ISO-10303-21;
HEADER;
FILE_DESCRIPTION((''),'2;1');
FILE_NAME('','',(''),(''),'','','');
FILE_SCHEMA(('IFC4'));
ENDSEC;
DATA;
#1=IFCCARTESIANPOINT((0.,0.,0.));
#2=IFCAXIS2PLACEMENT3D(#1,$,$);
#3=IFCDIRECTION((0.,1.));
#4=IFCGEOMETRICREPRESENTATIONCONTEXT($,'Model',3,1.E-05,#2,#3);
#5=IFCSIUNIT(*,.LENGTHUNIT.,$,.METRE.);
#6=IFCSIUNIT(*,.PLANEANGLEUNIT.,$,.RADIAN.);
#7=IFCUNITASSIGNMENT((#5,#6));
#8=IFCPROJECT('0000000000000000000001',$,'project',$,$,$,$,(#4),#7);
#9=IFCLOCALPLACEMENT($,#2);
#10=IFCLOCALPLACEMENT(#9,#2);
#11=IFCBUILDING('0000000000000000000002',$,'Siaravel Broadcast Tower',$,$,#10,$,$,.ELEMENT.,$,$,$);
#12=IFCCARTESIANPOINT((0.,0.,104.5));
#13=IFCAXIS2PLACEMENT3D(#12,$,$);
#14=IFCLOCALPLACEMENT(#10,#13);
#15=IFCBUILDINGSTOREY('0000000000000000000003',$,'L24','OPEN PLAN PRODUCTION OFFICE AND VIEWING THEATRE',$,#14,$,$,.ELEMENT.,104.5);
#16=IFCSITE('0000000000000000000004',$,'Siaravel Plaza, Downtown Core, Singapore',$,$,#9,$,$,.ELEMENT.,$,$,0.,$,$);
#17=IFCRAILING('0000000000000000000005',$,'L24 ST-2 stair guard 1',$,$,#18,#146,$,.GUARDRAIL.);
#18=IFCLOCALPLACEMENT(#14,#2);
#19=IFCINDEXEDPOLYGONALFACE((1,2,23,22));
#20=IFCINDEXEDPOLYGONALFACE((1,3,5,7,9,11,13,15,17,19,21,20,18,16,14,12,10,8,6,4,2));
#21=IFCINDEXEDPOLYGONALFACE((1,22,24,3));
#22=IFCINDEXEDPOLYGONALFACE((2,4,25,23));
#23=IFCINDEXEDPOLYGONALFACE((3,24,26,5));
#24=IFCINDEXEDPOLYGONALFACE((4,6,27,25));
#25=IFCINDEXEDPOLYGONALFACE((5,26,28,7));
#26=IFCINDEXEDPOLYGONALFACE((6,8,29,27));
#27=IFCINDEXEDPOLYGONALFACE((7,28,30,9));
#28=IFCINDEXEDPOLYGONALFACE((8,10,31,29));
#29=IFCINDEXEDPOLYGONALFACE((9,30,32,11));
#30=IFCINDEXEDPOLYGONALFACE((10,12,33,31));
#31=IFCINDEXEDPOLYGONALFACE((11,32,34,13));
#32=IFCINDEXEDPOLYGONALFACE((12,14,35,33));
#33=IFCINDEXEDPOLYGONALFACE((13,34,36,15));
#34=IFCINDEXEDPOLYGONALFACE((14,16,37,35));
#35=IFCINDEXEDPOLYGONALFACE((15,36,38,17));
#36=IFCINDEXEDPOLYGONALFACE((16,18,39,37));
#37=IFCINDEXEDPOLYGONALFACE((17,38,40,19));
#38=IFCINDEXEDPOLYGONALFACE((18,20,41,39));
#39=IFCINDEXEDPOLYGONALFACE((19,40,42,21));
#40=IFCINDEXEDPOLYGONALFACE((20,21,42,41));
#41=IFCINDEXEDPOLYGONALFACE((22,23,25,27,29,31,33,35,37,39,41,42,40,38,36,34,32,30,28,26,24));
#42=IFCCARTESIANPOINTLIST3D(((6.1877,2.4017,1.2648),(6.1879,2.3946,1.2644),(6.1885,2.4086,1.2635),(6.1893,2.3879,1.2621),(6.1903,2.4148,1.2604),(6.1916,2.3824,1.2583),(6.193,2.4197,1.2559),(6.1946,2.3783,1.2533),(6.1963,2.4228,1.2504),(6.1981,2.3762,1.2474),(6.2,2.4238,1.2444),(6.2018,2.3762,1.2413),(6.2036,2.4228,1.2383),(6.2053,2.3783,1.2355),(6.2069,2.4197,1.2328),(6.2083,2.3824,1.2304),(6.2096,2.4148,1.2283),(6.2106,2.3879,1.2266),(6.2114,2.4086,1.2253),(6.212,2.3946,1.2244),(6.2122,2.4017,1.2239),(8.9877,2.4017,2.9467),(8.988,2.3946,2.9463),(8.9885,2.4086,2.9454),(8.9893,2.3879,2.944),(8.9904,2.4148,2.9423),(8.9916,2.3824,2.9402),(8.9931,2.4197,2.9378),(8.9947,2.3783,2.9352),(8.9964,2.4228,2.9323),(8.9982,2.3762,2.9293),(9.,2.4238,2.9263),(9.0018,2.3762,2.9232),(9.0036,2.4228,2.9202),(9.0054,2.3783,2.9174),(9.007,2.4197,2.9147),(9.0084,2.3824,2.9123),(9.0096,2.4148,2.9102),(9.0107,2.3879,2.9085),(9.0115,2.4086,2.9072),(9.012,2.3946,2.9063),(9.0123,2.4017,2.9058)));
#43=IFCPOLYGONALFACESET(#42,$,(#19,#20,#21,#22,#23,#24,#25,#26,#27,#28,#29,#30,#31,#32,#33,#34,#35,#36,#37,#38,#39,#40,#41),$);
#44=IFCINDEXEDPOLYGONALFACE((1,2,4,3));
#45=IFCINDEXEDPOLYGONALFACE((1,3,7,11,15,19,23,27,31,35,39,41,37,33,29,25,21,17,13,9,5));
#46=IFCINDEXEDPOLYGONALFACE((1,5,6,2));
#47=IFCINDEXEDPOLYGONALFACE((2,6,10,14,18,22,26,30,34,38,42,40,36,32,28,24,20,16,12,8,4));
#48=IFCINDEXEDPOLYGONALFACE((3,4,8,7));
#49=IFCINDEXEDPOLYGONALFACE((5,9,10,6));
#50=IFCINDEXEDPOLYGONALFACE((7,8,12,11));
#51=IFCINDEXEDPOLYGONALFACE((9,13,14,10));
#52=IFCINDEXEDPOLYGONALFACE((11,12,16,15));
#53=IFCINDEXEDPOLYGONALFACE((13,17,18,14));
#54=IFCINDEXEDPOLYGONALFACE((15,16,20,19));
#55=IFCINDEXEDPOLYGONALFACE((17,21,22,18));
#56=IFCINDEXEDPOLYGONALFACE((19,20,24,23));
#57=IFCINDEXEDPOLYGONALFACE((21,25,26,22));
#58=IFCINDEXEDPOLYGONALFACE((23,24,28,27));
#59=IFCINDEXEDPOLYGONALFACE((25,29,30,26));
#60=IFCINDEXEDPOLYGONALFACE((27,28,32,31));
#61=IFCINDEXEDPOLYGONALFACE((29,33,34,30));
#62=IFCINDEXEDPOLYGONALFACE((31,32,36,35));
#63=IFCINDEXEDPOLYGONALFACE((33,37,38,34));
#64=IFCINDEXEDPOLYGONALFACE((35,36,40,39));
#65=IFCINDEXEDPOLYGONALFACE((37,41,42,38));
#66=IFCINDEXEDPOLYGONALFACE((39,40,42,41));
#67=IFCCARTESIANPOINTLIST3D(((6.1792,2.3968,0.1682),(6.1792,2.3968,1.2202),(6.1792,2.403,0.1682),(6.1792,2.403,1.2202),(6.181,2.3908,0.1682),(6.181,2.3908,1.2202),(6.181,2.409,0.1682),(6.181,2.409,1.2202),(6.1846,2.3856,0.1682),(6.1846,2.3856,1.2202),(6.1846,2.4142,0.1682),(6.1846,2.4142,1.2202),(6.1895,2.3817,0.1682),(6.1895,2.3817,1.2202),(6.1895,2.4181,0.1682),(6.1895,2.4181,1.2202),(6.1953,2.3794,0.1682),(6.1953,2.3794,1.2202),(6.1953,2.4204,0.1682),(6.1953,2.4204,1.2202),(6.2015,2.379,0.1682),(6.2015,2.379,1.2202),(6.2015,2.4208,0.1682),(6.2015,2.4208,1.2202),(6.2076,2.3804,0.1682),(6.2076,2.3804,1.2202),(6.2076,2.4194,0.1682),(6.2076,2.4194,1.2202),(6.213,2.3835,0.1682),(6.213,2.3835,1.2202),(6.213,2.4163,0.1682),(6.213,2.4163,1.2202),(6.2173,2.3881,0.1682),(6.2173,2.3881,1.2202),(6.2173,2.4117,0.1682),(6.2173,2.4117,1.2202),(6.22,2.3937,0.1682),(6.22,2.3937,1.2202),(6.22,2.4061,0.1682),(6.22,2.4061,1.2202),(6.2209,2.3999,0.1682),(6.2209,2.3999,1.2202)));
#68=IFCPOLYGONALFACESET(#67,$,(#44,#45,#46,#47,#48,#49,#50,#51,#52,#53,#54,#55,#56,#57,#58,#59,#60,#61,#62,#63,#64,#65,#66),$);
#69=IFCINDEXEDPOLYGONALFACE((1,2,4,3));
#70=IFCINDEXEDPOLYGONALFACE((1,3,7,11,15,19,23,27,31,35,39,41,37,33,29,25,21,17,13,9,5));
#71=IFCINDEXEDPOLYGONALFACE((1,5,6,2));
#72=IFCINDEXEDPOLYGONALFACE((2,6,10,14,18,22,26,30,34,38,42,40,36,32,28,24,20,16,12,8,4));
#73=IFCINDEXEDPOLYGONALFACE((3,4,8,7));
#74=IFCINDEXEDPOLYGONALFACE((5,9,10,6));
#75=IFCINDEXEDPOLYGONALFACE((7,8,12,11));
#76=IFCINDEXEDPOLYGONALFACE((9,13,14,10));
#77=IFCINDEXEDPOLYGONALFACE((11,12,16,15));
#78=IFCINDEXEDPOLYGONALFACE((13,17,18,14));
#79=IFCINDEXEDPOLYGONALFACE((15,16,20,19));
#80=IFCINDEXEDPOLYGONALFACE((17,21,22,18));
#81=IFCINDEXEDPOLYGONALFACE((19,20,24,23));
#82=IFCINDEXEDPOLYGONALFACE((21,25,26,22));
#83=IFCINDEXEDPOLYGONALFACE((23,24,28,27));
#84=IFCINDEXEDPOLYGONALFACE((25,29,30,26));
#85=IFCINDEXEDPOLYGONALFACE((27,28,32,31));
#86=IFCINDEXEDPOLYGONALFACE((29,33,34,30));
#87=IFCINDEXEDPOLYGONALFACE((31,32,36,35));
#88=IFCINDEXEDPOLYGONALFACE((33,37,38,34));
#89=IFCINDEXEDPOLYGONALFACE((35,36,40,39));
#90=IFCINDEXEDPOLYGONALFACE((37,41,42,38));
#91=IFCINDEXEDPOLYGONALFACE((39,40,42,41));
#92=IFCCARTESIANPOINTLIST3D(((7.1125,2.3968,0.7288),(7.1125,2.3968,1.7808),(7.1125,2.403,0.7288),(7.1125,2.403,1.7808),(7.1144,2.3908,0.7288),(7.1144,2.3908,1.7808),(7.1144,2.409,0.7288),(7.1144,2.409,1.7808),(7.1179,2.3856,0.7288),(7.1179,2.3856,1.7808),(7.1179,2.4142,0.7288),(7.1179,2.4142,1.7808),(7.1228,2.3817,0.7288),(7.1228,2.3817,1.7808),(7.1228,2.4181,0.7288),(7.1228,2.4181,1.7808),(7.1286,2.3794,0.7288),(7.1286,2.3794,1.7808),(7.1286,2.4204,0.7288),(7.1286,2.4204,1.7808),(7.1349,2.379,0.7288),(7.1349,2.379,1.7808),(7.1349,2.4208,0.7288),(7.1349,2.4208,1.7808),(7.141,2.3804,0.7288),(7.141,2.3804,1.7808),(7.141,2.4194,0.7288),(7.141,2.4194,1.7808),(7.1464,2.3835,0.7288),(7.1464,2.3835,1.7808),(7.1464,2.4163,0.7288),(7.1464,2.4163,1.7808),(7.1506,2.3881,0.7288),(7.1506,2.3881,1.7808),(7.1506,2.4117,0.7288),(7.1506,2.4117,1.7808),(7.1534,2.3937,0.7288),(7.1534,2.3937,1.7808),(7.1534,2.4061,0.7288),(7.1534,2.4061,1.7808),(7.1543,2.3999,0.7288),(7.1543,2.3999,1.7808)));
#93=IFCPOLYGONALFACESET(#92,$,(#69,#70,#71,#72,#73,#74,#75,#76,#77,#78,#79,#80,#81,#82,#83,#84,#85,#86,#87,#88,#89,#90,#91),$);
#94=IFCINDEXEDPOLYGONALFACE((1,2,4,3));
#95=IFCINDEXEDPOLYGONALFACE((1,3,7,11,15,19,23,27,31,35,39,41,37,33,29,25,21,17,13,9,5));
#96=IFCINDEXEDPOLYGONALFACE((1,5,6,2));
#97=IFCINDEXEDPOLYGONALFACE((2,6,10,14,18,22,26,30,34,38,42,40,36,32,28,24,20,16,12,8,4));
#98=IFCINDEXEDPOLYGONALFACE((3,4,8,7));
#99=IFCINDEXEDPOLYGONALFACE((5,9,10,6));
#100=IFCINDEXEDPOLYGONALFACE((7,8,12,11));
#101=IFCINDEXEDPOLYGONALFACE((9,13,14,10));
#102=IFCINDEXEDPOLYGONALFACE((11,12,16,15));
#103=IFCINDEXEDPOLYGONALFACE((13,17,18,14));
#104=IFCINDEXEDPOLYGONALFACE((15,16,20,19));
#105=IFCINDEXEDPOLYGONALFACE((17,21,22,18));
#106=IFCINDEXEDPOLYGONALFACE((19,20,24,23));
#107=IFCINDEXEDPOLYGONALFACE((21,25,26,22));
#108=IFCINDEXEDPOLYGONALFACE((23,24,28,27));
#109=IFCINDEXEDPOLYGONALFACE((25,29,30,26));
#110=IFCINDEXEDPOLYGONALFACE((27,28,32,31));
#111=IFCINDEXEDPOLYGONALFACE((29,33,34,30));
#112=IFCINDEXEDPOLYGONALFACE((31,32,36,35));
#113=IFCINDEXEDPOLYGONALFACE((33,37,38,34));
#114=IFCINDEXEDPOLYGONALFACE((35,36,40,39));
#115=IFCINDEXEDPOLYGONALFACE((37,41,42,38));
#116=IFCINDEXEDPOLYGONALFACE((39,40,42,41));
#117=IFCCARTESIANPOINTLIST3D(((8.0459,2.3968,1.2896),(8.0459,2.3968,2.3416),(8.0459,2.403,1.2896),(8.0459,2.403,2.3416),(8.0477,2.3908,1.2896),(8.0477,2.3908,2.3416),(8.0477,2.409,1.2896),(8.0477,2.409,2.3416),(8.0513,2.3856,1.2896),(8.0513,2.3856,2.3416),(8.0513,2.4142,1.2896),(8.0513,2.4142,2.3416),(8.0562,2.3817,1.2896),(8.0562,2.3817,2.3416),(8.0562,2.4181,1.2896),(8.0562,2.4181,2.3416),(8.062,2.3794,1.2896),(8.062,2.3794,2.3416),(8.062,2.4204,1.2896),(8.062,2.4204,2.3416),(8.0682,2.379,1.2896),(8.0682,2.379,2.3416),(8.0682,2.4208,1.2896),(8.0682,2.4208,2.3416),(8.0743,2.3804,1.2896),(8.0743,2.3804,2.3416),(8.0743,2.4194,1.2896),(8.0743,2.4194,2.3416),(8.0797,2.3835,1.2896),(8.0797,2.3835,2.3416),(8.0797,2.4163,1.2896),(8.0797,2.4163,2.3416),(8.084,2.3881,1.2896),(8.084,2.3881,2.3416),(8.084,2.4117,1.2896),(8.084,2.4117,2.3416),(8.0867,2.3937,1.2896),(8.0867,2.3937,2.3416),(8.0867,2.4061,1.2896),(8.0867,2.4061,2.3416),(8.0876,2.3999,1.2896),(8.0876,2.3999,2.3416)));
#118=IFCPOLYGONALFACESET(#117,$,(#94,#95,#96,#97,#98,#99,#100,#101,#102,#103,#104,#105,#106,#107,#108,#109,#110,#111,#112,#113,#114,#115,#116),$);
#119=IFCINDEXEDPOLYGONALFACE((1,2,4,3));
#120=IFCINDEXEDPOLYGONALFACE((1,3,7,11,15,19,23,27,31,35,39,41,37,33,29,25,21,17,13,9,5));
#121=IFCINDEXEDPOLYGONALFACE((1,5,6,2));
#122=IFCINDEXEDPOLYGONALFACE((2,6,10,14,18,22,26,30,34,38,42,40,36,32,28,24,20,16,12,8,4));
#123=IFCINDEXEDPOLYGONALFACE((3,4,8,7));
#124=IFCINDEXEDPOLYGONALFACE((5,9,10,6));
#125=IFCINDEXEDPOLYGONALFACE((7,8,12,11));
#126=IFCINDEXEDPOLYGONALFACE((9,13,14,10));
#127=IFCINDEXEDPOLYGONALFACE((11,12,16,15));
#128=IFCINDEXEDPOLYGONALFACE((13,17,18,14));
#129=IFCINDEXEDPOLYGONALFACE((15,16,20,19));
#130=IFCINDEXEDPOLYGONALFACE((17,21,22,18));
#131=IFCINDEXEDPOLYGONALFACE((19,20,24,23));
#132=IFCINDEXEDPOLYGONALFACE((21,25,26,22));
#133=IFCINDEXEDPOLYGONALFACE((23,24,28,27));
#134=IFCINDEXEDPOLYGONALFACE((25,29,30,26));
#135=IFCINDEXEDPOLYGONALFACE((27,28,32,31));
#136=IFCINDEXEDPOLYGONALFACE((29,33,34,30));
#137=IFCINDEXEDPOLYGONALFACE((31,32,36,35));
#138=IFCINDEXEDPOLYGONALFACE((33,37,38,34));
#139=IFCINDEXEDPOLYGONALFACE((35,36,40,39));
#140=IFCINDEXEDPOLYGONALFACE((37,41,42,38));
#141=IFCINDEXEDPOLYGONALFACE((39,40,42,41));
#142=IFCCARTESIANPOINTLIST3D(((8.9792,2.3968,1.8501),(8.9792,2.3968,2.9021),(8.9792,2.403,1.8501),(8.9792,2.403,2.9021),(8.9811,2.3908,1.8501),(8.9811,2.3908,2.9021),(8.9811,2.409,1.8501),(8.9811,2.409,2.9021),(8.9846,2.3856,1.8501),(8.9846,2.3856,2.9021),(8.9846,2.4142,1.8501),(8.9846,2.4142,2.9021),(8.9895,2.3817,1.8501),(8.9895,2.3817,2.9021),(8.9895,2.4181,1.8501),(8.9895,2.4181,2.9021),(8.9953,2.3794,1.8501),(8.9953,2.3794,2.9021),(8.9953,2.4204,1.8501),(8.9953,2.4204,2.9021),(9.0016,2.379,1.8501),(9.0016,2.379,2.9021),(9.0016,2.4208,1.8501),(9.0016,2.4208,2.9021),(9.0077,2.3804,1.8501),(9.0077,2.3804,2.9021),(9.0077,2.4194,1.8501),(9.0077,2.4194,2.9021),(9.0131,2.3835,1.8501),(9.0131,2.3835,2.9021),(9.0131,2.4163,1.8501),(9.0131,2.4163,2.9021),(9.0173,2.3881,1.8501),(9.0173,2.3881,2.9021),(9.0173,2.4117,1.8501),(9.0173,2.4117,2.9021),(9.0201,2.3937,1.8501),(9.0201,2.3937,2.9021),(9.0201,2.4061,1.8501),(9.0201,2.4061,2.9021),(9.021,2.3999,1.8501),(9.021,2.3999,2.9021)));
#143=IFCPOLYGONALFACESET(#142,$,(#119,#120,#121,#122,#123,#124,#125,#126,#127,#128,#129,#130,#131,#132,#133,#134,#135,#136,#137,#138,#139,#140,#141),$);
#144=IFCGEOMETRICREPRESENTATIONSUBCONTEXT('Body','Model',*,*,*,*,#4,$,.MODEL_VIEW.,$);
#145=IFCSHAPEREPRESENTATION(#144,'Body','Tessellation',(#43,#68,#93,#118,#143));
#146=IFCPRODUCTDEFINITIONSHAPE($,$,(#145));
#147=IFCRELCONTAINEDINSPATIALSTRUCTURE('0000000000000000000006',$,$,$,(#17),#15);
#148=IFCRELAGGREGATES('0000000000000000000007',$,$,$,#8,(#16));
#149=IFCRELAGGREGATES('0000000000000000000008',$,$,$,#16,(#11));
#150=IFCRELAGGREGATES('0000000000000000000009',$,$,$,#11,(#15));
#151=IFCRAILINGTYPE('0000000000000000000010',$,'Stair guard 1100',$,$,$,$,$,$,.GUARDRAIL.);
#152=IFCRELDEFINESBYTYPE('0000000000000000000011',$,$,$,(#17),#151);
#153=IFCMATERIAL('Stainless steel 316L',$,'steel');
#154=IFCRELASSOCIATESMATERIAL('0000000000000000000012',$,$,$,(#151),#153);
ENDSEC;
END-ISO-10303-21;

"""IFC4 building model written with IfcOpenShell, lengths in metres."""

from ifc_helpers import new_model, si_unit, direction, frame, origin, origin_2d, place, context, subcontext, project, spatial, circle, extrude, material, type_object, element, save


model = new_model("IFC4")

# Units and contexts
model_context = context("Model", 3, precision=1e-05, world=origin(), true_north=direction((0.0, 1.0)))
body_context = subcontext(model_context, "Body", "Model", "MODEL_VIEW")
ifc_project = project(units=[si_unit("LENGTHUNIT", "METRE"), si_unit("PLANEANGLEUNIT", "RADIAN")], contexts=[model_context])

# Site, building, storey
site_placement = place(None, origin())
site = spatial("IfcSite", under=ifc_project, at=site_placement, Name="Siaravel Plaza, Downtown Core, Singapore", CompositionType="ELEMENT", RefElevation=0.0)
building_placement = place(site_placement, origin())
building = spatial("IfcBuilding", under=site, at=building_placement, Name="Siaravel Broadcast Tower", CompositionType="ELEMENT")
storey_placement = place(building_placement, frame((0.0, 0.0, 104.5)))
storey = spatial("IfcBuildingStorey", under=building, at=storey_placement, Name="L24", Description="OPEN PLAN PRODUCTION OFFICE AND VIEWING THEATRE", CompositionType="ELEMENT", Elevation=104.5)

# Railing
ifc_material_1 = material(Name="Stainless steel 316L", Category="steel")
railing_type_1 = type_object("IfcRailingType", Name="Stair guard 1100", PredefinedType="GUARDRAIL", material=ifc_material_1)
railing_1_placement = place(storey_placement, frame((6.2, 2.3999, 0.1682)))
element("IfcRailing", 1, at=railing_1_placement, inside=storey, type_object=railing_type_1, Name="L24 ST-2 stair guard 1", PredefinedType="GUARDRAIL", context=body_context, shape_type="SweptSolid", body=[
    extrude(circle(Radius=0.0239, at=origin_2d()), frame((0.0, 0.0, 1.0762), z_axis=(0.857242, 0.0, 0.514913), x_axis=(0.0, 1.0, 0.0)), (0.0, 0.0, 1.0), 3.2664),
    extrude(circle(Radius=0.021, at=origin_2d()), origin(), (0.0, 0.0, 1.0), 1.052),
    extrude(circle(Radius=0.021, at=origin_2d()), frame((0.9333, 0.0, 0.5605)), (0.0, 0.0, 1.0), 1.052),
    extrude(circle(Radius=0.021, at=origin_2d()), frame((1.8667, 0.0, 1.1213)), (0.0, 0.0, 1.0), 1.052),
    extrude(circle(Radius=0.021, at=origin_2d()), frame((2.8, 0.0, 1.6819)), (0.0, 0.0, 1.0), 1.052),
])

save(model, "model.ifc")
